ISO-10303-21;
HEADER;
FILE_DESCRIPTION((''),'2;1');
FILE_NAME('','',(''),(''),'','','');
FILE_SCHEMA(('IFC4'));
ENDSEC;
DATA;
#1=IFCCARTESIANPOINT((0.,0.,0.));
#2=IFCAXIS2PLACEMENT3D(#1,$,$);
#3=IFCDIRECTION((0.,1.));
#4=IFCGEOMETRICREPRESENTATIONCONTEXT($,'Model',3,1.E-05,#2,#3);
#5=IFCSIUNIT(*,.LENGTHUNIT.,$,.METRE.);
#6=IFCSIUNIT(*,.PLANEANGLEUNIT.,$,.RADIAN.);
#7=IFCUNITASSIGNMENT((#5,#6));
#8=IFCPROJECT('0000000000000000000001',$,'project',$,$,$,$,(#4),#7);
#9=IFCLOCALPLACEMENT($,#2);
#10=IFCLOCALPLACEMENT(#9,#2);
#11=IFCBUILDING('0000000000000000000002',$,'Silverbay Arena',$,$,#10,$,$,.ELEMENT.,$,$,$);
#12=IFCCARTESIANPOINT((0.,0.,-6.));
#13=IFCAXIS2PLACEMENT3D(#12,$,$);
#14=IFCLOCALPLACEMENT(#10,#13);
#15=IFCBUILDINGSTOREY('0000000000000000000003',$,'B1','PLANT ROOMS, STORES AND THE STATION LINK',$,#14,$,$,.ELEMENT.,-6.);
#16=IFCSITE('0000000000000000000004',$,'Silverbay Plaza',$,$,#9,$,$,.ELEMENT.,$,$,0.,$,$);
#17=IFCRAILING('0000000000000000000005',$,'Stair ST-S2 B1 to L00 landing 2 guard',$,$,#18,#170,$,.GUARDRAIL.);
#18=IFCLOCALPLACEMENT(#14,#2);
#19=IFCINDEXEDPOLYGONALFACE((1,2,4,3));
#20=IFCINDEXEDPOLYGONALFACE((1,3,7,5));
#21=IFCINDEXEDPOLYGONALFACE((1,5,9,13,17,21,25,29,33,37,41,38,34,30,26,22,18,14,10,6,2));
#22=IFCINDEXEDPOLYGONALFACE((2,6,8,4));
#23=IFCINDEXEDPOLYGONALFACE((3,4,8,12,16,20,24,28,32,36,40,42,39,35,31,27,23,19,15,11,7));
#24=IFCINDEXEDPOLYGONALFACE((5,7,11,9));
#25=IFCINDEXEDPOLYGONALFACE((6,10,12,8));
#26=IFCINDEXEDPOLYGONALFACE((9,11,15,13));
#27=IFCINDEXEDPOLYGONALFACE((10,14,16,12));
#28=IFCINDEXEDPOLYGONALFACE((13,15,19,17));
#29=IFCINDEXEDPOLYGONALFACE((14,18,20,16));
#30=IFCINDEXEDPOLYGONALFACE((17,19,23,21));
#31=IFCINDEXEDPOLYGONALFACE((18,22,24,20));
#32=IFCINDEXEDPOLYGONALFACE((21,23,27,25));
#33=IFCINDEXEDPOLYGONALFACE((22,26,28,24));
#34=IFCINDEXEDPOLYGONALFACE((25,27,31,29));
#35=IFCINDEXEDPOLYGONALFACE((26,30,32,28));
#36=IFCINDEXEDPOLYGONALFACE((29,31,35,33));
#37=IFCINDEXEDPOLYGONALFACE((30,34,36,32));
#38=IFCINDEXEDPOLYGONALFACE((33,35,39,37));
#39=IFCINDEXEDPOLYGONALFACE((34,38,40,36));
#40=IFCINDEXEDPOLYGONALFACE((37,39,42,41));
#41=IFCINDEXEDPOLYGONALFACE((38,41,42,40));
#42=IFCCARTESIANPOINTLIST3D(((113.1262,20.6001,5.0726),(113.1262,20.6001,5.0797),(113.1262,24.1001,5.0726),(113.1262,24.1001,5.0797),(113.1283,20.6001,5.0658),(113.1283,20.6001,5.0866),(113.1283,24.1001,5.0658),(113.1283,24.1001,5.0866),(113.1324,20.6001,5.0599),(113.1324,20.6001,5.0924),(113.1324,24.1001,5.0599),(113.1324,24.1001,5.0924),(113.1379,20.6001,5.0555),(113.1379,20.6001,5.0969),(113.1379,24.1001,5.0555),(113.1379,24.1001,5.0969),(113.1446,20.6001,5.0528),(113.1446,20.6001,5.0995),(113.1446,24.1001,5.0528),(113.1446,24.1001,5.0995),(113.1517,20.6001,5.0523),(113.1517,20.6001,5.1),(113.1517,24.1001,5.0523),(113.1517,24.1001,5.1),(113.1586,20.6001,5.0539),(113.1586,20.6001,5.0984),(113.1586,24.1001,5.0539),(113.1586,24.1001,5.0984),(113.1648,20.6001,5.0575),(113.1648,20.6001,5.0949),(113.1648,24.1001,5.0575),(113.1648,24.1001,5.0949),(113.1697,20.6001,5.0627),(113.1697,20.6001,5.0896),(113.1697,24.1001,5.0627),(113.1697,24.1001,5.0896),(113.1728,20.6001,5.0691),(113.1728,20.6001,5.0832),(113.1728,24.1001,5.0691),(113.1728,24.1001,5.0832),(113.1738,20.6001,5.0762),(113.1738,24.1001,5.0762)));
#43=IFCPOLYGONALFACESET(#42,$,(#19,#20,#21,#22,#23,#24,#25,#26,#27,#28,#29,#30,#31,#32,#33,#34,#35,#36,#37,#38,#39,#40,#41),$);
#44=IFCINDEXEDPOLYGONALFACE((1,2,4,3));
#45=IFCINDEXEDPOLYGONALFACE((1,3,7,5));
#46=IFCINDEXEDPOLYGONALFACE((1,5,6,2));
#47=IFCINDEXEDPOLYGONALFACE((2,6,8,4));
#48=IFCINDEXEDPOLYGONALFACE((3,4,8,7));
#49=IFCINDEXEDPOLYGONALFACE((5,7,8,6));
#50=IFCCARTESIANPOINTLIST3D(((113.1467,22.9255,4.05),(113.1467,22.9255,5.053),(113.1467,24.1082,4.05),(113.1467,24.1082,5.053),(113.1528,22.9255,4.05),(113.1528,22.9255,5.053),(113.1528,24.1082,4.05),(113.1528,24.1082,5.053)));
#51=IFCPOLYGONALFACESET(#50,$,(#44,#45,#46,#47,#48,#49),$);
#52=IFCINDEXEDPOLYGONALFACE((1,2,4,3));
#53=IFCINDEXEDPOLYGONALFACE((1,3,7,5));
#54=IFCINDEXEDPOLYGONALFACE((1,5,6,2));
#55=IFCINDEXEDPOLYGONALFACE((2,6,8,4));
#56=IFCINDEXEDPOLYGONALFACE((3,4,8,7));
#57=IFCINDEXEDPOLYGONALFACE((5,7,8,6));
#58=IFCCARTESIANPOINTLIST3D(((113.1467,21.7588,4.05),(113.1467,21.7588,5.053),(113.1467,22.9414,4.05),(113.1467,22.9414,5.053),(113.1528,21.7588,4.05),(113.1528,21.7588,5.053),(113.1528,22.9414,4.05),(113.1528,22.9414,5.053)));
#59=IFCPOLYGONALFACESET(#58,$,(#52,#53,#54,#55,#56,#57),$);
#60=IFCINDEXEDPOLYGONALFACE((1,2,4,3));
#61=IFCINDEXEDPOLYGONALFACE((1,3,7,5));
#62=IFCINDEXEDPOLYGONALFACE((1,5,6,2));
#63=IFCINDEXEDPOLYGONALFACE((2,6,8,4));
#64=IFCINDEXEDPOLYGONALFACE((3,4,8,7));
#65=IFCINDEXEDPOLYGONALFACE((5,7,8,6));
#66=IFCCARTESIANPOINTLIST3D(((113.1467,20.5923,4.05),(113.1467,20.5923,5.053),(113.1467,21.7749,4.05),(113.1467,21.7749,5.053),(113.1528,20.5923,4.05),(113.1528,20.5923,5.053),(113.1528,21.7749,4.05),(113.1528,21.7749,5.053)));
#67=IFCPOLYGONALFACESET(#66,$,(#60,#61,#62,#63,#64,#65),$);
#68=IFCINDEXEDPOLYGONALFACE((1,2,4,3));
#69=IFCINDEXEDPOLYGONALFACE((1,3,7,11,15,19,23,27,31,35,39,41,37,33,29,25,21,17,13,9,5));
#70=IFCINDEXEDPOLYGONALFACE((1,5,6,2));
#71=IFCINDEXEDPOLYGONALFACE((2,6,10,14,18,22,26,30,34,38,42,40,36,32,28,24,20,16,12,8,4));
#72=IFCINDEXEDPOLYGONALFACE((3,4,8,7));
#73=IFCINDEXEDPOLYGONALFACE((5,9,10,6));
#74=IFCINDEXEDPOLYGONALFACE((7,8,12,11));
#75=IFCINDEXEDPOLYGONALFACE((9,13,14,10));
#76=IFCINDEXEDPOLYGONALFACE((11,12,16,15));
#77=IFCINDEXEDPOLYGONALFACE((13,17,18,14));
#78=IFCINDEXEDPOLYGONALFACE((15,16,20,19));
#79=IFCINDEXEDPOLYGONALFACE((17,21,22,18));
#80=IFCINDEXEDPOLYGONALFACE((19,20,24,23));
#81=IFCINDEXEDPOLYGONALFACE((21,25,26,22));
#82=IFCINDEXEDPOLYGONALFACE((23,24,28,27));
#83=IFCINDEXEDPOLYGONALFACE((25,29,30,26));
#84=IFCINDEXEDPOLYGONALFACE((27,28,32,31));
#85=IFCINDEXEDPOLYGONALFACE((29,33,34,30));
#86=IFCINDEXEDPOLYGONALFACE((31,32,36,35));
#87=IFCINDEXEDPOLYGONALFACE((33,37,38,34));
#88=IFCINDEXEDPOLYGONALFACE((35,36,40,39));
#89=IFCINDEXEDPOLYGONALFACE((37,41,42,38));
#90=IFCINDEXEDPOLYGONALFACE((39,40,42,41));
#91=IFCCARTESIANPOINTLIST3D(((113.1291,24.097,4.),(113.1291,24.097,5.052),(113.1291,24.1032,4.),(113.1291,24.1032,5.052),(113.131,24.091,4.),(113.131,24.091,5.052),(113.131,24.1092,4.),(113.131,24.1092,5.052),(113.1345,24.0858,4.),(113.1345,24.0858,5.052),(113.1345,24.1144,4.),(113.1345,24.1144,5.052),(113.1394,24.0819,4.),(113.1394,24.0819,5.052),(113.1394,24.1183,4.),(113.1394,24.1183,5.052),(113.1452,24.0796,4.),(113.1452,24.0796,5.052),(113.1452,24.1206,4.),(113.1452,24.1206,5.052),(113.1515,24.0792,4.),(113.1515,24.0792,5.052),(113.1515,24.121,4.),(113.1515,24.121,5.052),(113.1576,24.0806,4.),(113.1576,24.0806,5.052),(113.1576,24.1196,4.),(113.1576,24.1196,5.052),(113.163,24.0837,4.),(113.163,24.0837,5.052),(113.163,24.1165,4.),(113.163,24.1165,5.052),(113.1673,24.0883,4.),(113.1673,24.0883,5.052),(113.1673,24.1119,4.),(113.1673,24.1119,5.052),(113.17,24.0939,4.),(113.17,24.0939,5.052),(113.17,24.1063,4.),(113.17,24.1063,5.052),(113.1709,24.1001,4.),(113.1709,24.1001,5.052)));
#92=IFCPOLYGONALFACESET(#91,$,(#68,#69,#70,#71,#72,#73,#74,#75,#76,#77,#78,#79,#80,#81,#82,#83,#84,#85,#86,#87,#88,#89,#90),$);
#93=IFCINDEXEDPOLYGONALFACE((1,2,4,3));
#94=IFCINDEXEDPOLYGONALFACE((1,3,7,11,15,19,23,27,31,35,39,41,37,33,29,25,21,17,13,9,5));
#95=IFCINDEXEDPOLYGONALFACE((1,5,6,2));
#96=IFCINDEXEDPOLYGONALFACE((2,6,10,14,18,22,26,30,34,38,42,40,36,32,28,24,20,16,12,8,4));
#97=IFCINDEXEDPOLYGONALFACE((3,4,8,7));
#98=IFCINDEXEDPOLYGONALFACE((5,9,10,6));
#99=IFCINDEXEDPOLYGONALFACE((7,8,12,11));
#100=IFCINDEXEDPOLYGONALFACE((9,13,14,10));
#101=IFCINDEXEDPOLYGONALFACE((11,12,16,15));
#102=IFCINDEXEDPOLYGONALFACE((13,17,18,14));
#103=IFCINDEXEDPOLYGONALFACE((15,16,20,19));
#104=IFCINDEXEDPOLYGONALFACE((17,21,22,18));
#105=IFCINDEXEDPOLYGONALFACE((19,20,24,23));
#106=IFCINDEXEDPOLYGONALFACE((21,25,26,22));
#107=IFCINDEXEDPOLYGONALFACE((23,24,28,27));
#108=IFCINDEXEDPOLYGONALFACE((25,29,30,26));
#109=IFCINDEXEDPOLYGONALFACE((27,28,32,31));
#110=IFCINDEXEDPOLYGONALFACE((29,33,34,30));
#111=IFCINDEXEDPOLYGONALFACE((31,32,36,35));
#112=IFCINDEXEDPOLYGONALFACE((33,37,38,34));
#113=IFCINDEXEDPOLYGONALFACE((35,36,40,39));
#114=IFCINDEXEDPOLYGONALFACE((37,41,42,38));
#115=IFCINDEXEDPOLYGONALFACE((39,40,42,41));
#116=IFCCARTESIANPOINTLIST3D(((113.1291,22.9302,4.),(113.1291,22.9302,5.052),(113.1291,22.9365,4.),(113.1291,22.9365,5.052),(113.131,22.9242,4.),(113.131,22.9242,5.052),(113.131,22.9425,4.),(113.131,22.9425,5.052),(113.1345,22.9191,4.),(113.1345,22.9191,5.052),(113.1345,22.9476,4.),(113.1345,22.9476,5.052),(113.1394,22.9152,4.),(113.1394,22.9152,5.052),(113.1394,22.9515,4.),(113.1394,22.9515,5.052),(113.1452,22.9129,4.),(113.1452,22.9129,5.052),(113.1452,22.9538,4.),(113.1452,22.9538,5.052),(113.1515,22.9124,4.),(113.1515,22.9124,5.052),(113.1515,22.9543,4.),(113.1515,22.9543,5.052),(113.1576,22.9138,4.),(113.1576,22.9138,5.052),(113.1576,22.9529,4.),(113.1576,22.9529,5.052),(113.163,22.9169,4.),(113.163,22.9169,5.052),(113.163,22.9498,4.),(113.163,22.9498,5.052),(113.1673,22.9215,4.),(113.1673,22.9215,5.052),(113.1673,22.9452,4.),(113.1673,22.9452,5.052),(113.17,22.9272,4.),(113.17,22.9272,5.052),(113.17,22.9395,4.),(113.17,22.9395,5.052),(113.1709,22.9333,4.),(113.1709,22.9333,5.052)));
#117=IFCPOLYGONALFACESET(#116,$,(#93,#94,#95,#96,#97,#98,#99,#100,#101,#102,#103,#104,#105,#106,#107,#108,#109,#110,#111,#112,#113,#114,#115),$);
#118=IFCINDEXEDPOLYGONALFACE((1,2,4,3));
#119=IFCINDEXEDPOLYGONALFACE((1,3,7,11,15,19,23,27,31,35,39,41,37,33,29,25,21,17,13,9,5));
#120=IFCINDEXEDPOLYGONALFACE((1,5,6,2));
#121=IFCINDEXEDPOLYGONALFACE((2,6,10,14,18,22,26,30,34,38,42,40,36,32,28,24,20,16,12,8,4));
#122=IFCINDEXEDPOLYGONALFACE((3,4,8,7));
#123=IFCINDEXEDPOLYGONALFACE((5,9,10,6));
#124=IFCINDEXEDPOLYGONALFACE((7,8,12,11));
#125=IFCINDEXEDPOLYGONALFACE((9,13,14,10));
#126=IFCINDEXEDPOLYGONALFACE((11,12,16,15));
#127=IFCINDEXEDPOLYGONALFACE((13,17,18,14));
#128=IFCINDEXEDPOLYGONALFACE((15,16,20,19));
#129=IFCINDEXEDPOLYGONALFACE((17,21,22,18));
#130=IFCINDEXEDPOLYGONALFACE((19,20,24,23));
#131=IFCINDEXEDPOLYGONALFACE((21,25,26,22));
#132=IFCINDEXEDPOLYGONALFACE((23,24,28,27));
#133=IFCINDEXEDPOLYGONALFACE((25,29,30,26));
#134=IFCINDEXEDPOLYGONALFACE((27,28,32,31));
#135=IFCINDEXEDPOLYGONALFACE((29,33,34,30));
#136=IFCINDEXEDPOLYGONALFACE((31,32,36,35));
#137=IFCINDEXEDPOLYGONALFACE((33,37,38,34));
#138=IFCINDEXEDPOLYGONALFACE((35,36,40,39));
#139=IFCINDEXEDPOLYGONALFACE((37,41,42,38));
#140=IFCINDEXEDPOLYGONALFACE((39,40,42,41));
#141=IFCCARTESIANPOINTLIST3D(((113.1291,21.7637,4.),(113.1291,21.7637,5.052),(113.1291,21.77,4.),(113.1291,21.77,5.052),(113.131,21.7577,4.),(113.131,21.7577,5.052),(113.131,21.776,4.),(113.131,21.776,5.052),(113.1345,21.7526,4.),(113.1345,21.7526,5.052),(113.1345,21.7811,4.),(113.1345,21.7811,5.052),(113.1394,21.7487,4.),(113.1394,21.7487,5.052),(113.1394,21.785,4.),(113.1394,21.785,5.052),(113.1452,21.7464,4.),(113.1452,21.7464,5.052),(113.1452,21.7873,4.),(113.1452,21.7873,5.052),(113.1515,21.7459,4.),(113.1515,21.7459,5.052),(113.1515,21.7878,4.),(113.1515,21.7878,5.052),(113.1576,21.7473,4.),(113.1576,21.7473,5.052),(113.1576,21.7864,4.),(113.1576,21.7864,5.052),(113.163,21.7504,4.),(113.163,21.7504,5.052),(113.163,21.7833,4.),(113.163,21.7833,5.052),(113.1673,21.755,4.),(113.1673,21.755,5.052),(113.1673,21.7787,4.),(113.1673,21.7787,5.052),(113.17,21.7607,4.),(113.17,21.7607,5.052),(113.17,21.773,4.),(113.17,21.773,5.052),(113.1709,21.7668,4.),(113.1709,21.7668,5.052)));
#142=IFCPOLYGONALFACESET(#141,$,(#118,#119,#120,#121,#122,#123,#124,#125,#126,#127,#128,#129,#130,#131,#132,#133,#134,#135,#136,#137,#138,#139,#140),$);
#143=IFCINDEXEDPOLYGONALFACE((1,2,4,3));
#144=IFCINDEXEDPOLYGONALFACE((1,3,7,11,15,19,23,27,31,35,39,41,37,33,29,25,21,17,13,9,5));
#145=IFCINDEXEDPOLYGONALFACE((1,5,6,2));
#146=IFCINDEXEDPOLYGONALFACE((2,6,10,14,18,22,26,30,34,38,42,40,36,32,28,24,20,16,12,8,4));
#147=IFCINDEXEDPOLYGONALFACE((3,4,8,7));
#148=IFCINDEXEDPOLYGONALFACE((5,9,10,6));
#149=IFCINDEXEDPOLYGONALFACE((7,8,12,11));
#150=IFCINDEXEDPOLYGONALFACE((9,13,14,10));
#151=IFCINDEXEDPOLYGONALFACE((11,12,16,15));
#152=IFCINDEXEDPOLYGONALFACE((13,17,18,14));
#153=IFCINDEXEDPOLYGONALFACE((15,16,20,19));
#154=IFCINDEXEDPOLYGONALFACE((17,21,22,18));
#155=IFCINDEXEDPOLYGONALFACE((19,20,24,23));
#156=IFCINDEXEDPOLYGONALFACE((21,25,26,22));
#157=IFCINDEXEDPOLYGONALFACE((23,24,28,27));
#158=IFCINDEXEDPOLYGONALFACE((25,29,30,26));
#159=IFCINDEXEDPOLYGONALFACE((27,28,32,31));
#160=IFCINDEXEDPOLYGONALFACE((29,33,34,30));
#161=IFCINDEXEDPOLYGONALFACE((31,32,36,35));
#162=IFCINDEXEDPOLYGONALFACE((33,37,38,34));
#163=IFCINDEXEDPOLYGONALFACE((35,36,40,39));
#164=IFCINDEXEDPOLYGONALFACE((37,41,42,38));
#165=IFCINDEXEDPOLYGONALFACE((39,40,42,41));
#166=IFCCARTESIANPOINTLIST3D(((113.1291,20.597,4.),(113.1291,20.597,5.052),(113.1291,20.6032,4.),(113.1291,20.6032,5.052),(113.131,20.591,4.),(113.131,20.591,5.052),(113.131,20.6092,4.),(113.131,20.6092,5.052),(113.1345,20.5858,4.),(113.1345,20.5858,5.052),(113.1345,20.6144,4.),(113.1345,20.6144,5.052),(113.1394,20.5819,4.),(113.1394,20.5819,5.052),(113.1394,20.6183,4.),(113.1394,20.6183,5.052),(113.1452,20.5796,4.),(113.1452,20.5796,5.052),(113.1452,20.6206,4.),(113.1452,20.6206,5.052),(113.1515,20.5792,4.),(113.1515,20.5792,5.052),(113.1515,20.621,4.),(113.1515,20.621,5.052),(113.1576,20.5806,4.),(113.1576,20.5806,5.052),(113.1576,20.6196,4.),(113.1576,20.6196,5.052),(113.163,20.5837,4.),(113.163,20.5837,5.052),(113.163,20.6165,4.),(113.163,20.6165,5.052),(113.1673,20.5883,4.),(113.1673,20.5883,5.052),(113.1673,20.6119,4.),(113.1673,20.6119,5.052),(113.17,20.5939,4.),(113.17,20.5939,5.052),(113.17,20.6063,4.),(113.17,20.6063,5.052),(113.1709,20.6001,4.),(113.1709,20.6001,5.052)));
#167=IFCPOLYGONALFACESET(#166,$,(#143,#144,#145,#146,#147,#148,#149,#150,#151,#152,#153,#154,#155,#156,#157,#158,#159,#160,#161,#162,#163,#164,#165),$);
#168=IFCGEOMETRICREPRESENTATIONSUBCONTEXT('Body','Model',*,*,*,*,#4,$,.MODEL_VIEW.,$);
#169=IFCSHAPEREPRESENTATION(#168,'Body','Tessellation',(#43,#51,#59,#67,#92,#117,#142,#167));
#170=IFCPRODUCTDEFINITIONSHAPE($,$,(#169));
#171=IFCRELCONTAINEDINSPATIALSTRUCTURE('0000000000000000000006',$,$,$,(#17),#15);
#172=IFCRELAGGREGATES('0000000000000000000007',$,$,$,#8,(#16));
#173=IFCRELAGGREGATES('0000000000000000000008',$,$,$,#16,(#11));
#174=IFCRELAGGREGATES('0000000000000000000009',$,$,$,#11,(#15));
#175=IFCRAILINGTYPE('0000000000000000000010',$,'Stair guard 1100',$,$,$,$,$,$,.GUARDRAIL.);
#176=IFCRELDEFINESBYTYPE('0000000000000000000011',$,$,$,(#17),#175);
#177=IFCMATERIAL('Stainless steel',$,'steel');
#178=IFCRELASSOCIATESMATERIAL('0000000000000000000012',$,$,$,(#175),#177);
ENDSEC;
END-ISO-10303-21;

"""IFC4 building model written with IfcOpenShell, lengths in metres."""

from ifc_helpers import new_model, si_unit, direction, frame, origin, origin_2d, place, context, subcontext, project, spatial, polyline, circle, outline, extrude, material, type_object, element, save


model = new_model("IFC4")

# Units and contexts
model_context = context("Model", 3, precision=1e-05, world=origin(), true_north=direction((0.0, 1.0)))
body_context = subcontext(model_context, "Body", "Model", "MODEL_VIEW")
ifc_project = project(units=[si_unit("LENGTHUNIT", "METRE"), si_unit("PLANEANGLEUNIT", "RADIAN")], contexts=[model_context])

# Site, building, storey
site_placement = place(None, origin())
site = spatial("IfcSite", under=ifc_project, at=site_placement, Name="Silverbay Plaza", CompositionType="ELEMENT", RefElevation=0.0)
building_placement = place(site_placement, origin())
building = spatial("IfcBuilding", under=site, at=building_placement, Name="Silverbay Arena", CompositionType="ELEMENT")
storey_placement = place(building_placement, frame((0.0, 0.0, -6.0)))
storey = spatial("IfcBuildingStorey", under=building, at=storey_placement, Name="B1", Description="PLANT ROOMS, STORES AND THE STATION LINK", CompositionType="ELEMENT", Elevation=-6.0)

# Railing
ifc_material_1 = material(Name="Stainless steel", Category="steel")
railing_type_1 = type_object("IfcRailingType", Name="Stair guard 1100", PredefinedType="GUARDRAIL", material=ifc_material_1)
for number, where, name in (
    (1, (113.1499, 24.1001, 4.0), "Stair ST-S2 B1 to L00 landing 2 guard"),
):
    element("IfcRailing", number, at=place(storey_placement, frame(where)), inside=storey, type_object=railing_type_1, Name=name, PredefinedType="GUARDRAIL", context=body_context, shape_type="SweptSolid", body=[
        extrude(circle(Radius=0.0239, at=origin_2d()), frame((0.0, 0.0, 1.0762), z_axis=(0.0, -1.0, 0.0), x_axis=(1.0, 0.0, 0.0)), (0.0, 0.0, 1.0), 3.5),
        extrude(outline(polyline([(-0.0081, 0.05), (1.1746, 0.05), (1.1746, 1.053), (-0.0081, 1.053), (-0.0081, 0.05)])), frame((0.0029, 0.0, 0.0), z_axis=(-1.0, 0.0, 0.0), x_axis=(0.0, -1.0, 0.0)), (0.0, 0.0, 1.0), 0.0061),
        extrude(outline(polyline([(-0.0081, 0.05), (1.1746, 0.05), (1.1746, 1.053), (-0.0081, 1.053), (-0.0081, 0.05)])), frame((0.0029, -1.1667, 0.0), z_axis=(-1.0, 0.0, 0.0), x_axis=(0.0, -1.0, 0.0)), (0.0, 0.0, 1.0), 0.0061),
        extrude(outline(polyline([(-0.0081, 0.05), (1.1746, 0.05), (1.1746, 1.053), (-0.0081, 1.053), (-0.0081, 0.05)])), frame((0.0029, -2.3333, 0.0), z_axis=(-1.0, 0.0, 0.0), x_axis=(0.0, -1.0, 0.0)), (0.0, 0.0, 1.0), 0.0061),
        extrude(circle(Radius=0.021, at=origin_2d()), origin(), (0.0, 0.0, 1.0), 1.052),
        extrude(circle(Radius=0.021, at=origin_2d()), frame((0.0, -1.1667, 0.0)), (0.0, 0.0, 1.0), 1.052),
        extrude(circle(Radius=0.021, at=origin_2d()), frame((0.0, -2.3333, 0.0)), (0.0, 0.0, 1.0), 1.052),
        extrude(circle(Radius=0.021, at=origin_2d()), frame((0.0, -3.5, 0.0)), (0.0, 0.0, 1.0), 1.052),
    ])

save(model, "model.ifc")
